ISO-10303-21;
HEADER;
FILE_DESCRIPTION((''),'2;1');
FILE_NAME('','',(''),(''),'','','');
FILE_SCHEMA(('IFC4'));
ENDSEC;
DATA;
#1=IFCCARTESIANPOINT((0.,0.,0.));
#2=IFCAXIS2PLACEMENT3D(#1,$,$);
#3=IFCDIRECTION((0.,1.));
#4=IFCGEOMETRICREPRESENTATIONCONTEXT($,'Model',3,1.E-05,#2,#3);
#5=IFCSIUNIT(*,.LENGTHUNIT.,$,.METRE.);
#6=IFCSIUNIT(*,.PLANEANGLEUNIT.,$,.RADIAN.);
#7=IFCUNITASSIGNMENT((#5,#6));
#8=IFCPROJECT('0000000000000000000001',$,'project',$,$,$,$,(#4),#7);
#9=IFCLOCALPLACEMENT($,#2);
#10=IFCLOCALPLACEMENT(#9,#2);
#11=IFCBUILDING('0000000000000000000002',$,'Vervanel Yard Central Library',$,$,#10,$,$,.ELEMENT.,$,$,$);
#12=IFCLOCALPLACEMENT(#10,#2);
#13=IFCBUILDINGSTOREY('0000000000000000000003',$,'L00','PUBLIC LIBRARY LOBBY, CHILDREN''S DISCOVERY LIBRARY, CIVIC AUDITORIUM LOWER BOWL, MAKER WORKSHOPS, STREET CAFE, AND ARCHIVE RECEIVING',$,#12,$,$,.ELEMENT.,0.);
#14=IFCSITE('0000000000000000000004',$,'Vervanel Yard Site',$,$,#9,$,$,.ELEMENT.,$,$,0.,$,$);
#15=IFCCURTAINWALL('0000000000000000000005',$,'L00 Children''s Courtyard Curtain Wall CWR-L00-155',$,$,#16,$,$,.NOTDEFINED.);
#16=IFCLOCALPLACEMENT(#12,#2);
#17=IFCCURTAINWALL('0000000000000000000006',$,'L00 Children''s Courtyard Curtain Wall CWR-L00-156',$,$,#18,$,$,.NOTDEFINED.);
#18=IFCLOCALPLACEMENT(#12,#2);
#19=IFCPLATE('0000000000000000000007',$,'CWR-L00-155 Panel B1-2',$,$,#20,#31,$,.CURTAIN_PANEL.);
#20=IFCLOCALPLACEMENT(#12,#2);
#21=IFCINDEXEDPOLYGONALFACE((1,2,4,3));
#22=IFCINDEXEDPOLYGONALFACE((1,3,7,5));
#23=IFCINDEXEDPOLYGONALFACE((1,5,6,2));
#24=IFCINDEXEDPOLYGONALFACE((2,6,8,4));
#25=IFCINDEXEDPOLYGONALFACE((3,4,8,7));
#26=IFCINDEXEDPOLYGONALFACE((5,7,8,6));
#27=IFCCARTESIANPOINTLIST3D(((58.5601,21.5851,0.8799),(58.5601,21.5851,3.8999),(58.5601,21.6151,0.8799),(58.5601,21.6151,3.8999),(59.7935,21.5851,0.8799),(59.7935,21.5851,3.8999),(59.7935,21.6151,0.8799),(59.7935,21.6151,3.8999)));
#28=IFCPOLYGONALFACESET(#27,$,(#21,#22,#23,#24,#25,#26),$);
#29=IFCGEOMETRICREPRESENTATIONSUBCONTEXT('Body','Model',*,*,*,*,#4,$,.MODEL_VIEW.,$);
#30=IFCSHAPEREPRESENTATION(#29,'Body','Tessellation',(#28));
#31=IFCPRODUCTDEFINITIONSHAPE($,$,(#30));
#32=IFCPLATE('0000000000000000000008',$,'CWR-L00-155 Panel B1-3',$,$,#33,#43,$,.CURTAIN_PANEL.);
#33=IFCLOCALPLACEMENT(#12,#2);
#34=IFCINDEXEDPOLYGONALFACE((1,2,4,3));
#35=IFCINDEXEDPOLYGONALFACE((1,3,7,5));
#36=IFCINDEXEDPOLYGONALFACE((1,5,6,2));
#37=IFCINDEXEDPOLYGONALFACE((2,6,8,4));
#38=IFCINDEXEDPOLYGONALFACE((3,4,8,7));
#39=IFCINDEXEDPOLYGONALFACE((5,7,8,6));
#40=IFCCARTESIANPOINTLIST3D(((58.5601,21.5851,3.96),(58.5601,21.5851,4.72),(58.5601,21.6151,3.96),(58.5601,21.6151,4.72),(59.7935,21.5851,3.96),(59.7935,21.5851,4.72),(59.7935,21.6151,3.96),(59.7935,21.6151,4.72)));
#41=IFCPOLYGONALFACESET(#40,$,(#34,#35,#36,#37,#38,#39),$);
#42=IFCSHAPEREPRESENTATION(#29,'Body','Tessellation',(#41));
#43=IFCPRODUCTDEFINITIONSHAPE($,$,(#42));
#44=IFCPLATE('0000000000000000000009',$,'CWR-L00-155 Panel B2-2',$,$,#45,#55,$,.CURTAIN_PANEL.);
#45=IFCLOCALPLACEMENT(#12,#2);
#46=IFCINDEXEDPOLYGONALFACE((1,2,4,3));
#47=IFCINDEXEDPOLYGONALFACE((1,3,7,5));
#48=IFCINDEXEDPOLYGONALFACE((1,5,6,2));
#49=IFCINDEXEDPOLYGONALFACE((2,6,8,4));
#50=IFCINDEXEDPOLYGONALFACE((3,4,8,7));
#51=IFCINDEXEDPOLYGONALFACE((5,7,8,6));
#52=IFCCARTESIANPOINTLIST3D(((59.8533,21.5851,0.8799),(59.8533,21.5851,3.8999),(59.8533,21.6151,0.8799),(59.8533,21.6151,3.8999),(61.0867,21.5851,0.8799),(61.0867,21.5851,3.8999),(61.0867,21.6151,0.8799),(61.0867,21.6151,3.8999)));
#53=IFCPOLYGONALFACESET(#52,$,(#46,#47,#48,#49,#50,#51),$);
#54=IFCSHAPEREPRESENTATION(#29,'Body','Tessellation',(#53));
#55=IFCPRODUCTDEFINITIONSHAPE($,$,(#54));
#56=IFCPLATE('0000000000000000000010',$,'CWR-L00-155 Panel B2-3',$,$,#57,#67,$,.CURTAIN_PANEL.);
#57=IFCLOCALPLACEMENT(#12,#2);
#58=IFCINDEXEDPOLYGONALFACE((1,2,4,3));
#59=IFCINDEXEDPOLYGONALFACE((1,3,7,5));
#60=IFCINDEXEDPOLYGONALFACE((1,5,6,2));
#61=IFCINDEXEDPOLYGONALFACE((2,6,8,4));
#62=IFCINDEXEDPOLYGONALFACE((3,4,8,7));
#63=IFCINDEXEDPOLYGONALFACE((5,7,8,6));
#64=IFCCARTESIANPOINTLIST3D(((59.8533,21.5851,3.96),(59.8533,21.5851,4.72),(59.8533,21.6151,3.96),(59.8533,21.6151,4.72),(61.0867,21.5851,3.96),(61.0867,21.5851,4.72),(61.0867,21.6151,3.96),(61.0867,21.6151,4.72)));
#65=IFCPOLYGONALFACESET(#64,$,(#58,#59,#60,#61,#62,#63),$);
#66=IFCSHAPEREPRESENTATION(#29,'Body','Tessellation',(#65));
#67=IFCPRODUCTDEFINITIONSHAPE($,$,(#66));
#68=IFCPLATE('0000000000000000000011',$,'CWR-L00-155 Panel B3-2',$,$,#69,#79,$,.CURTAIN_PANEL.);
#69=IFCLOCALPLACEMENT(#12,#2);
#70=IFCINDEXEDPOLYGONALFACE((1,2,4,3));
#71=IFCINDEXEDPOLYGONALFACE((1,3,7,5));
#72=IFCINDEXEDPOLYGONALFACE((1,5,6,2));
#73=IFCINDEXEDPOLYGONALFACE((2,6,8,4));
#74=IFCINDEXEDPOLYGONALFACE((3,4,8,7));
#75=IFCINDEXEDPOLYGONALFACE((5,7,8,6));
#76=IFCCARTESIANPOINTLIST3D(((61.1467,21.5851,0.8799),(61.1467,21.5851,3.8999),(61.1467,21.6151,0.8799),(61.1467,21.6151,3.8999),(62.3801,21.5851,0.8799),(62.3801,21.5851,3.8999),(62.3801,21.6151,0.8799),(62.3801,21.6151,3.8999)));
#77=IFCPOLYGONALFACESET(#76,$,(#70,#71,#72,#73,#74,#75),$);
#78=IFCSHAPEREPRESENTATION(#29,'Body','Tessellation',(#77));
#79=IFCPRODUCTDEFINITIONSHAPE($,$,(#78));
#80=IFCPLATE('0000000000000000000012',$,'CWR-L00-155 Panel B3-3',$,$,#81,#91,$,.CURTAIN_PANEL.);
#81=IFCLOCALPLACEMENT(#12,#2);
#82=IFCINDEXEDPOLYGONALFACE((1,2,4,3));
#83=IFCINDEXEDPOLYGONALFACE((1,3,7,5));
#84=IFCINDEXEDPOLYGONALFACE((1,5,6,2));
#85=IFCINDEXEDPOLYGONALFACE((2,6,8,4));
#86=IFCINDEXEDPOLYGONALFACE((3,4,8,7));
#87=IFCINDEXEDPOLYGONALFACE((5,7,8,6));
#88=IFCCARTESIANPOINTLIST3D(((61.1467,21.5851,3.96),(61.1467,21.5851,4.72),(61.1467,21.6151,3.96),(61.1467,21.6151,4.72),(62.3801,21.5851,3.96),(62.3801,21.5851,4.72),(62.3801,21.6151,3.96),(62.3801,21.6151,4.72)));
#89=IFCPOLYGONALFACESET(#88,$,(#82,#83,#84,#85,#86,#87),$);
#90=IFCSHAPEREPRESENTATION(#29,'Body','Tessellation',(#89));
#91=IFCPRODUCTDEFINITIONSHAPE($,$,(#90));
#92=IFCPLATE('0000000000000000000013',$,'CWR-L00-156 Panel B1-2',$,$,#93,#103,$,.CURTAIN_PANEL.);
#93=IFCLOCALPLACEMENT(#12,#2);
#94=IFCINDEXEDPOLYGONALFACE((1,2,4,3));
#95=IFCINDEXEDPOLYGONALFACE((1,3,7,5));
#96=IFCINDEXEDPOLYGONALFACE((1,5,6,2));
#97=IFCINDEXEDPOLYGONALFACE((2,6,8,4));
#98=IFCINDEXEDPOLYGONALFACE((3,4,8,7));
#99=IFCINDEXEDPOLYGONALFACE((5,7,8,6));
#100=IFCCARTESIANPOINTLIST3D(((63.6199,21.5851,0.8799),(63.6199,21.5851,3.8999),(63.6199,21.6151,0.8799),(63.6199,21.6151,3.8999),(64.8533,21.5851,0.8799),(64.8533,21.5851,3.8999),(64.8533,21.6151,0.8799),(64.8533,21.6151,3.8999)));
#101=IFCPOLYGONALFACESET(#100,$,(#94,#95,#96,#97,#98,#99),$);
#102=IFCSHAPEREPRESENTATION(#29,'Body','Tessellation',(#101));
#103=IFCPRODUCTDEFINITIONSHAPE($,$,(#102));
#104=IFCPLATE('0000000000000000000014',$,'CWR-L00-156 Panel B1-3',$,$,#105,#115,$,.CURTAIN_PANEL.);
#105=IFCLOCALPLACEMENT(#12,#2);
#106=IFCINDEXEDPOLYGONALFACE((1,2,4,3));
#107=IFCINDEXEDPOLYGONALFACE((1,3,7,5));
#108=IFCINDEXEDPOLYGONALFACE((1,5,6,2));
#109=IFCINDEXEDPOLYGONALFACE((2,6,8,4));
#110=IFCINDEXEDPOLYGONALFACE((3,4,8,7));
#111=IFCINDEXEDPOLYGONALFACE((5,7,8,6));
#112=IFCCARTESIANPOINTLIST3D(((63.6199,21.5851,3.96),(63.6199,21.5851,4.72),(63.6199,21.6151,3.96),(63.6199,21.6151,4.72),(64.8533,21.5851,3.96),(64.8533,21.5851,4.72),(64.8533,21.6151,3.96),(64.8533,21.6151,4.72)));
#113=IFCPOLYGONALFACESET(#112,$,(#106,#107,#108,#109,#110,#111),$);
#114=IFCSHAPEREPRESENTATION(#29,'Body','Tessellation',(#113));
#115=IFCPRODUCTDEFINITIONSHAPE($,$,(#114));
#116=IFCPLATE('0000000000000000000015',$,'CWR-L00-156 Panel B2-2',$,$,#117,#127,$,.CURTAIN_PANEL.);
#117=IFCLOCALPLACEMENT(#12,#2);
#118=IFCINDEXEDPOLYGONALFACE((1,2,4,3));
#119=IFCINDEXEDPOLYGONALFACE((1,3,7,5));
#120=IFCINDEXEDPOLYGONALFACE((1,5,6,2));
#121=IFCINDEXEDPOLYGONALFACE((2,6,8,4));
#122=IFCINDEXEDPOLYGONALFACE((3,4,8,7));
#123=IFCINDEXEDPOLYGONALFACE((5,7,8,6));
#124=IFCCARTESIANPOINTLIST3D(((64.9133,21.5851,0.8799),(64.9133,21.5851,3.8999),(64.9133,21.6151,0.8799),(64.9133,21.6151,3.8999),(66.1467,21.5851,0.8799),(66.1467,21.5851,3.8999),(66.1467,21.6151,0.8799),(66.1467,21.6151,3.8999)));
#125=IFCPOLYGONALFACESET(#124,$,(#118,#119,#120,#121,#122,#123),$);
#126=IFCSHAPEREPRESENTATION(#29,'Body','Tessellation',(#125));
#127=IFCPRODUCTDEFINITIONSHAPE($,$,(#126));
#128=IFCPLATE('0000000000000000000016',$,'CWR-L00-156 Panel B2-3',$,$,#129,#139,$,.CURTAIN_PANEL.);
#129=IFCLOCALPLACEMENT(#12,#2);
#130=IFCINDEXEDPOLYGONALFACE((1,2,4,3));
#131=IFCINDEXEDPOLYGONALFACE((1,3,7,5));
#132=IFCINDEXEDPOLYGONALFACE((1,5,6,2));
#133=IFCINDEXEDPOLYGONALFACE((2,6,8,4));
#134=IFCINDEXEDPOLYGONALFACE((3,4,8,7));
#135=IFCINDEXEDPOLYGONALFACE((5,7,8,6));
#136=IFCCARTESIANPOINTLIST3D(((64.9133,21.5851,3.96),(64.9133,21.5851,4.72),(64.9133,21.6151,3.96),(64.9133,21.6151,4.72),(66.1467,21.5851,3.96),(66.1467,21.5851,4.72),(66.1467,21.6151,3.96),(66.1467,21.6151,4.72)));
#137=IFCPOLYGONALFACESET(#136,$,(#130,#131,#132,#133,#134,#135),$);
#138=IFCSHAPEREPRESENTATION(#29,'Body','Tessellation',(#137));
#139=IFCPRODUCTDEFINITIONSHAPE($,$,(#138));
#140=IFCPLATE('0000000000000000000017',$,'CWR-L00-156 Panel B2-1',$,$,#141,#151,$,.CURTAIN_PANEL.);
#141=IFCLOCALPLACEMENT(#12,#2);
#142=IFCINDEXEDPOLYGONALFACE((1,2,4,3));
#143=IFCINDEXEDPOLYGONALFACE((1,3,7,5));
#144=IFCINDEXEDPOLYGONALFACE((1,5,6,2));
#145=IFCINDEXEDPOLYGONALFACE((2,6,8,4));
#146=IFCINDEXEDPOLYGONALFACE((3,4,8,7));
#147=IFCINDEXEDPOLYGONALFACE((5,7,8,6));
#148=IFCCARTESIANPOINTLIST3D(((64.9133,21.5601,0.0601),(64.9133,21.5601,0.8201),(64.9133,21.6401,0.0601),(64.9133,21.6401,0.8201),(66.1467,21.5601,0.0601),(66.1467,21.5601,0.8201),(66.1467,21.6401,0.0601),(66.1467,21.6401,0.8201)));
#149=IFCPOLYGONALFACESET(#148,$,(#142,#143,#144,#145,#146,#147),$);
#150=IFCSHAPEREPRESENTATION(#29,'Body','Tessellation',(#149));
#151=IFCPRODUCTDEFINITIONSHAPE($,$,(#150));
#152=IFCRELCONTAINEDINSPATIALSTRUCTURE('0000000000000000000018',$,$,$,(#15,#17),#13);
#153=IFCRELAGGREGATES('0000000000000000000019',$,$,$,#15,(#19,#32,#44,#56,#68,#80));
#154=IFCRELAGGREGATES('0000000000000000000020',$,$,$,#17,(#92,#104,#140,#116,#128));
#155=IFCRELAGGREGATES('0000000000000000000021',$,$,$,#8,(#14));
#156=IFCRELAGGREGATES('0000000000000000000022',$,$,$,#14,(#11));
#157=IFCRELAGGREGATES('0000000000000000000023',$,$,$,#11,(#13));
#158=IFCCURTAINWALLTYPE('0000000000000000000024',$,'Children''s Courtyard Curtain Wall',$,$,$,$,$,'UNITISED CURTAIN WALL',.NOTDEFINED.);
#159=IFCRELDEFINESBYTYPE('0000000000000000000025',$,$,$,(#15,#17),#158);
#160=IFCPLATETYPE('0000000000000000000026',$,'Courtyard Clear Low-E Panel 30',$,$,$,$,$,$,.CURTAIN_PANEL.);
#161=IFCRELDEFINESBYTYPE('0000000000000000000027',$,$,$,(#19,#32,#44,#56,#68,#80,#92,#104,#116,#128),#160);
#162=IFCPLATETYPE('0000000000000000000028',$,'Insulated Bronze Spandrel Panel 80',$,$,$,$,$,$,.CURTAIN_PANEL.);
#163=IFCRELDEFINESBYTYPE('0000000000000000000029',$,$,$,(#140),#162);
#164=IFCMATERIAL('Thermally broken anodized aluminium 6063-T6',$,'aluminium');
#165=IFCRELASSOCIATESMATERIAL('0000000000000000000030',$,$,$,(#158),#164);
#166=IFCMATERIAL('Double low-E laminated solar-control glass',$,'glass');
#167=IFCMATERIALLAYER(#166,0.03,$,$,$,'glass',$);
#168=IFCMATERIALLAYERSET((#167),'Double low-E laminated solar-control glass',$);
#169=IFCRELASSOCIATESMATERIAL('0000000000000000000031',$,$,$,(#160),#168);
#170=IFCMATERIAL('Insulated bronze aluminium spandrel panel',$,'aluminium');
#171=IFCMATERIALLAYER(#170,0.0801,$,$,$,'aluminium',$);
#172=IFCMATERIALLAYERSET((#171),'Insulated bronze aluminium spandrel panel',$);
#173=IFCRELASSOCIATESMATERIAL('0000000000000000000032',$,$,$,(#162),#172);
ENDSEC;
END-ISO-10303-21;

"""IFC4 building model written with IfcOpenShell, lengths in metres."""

from ifc_helpers import new_model, si_unit, direction, frame, origin, origin_2d, place, context, subcontext, project, spatial, rectangle, extrude, material, layer, layer_set, type_object, element, aggregate, save


model = new_model("IFC4")

# Units and contexts
model_context = context("Model", 3, precision=1e-05, world=origin(), true_north=direction((0.0, 1.0)))
body_context = subcontext(model_context, "Body", "Model", "MODEL_VIEW")
ifc_project = project(units=[si_unit("LENGTHUNIT", "METRE"), si_unit("PLANEANGLEUNIT", "RADIAN")], contexts=[model_context])

# Site, building, storey
site_placement = place(None, origin())
site = spatial("IfcSite", under=ifc_project, at=site_placement, Name="Vervanel Yard Site", CompositionType="ELEMENT", RefElevation=0.0)
building_placement = place(site_placement, origin())
building = spatial("IfcBuilding", under=site, at=building_placement, Name="Vervanel Yard Central Library", CompositionType="ELEMENT")
storey_placement = place(building_placement, origin())
storey = spatial("IfcBuildingStorey", under=building, at=storey_placement, Name="L00", Description="PUBLIC LIBRARY LOBBY, CHILDREN'S DISCOVERY LIBRARY, CIVIC AUDITORIUM LOWER BOWL, MAKER WORKSHOPS, STREET CAFE, AND ARCHIVE RECEIVING", CompositionType="ELEMENT", Elevation=0.0)

# Curtain walls
ifc_material_1 = material(Name="Thermally broken anodized aluminium 6063-T6", Category="aluminium")
curtain_wall_type = type_object("IfcCurtainWallType", Name="Children's Courtyard Curtain Wall", ElementType="UNITISED CURTAIN WALL", PredefinedType="NOTDEFINED", material=ifc_material_1)
curtain_wall_1_placement = place(storey_placement, origin())
curtain_wall_1 = element("IfcCurtainWall", 1, at=curtain_wall_1_placement, inside=storey, type_object=curtain_wall_type, Name="L00 Children's Courtyard Curtain Wall CWR-L00-155", PredefinedType="NOTDEFINED")
curtain_wall_2_placement = place(storey_placement, origin())
curtain_wall_2 = element("IfcCurtainWall", 2, at=curtain_wall_2_placement, inside=storey, type_object=curtain_wall_type, Name="L00 Children's Courtyard Curtain Wall CWR-L00-156", PredefinedType="NOTDEFINED")

# Plates
ifc_material_2 = material(Name="Double low-E laminated solar-control glass", Category="glass")
ifc_layer_1 = layer(ifc_material_2, 0.03, Category="glass")
ifc_layer_set_1 = layer_set([ifc_layer_1], Name="Double low-E laminated solar-control glass")
plate_type_1 = type_object("IfcPlateType", Name="Courtyard Clear Low-E Panel 30", PredefinedType="CURTAIN_PANEL", material=ifc_layer_set_1)
plate_1_placement = place(storey_placement, frame((59.1768, 21.6001, 0.8799), z_axis=(0.0, 0.0, 1.0), x_axis=(1.0, 0.0, 0.0)))
plate_1 = element("IfcPlate", 3, at=plate_1_placement, type_object=plate_type_1, Name="CWR-L00-155 Panel B1-2", PredefinedType="CURTAIN_PANEL", context=body_context, shape_type="SweptSolid", body=[
    extrude(rectangle(XDim=1.2334, YDim=0.03, at=origin_2d()), origin(), (0.0, 0.0, 1.0), 3.02),
])
plate_2_placement = place(storey_placement, frame((59.1768, 21.6001, 3.96), z_axis=(0.0, 0.0, 1.0), x_axis=(1.0, 0.0, 0.0)))
plate_2 = element("IfcPlate", 4, at=plate_2_placement, type_object=plate_type_1, Name="CWR-L00-155 Panel B1-3", PredefinedType="CURTAIN_PANEL", context=body_context, shape_type="SweptSolid", body=[
    extrude(rectangle(XDim=1.2334, YDim=0.03, at=origin_2d()), origin(), (0.0, 0.0, 1.0), 0.76),
])
plate_3_placement = place(storey_placement, frame((60.47, 21.6001, 0.8799), z_axis=(0.0, 0.0, 1.0), x_axis=(1.0, 0.0, 0.0)))
plate_3 = element("IfcPlate", 5, at=plate_3_placement, type_object=plate_type_1, Name="CWR-L00-155 Panel B2-2", PredefinedType="CURTAIN_PANEL", context=body_context, shape_type="SweptSolid", body=[
    extrude(rectangle(XDim=1.2334, YDim=0.03, at=origin_2d()), origin(), (0.0, 0.0, 1.0), 3.02),
])
plate_4_placement = place(storey_placement, frame((60.47, 21.6001, 3.96), z_axis=(0.0, 0.0, 1.0), x_axis=(1.0, 0.0, 0.0)))
plate_4 = element("IfcPlate", 6, at=plate_4_placement, type_object=plate_type_1, Name="CWR-L00-155 Panel B2-3", PredefinedType="CURTAIN_PANEL", context=body_context, shape_type="SweptSolid", body=[
    extrude(rectangle(XDim=1.2334, YDim=0.03, at=origin_2d()), origin(), (0.0, 0.0, 1.0), 0.76),
])
plate_5_placement = place(storey_placement, frame((61.7634, 21.6001, 0.8799), z_axis=(0.0, 0.0, 1.0), x_axis=(1.0, 0.0, 0.0)))
plate_5 = element("IfcPlate", 7, at=plate_5_placement, type_object=plate_type_1, Name="CWR-L00-155 Panel B3-2", PredefinedType="CURTAIN_PANEL", context=body_context, shape_type="SweptSolid", body=[
    extrude(rectangle(XDim=1.2334, YDim=0.03, at=origin_2d()), origin(), (0.0, 0.0, 1.0), 3.02),
])
plate_6_placement = place(storey_placement, frame((61.7634, 21.6001, 3.96), z_axis=(0.0, 0.0, 1.0), x_axis=(1.0, 0.0, 0.0)))
plate_6 = element("IfcPlate", 8, at=plate_6_placement, type_object=plate_type_1, Name="CWR-L00-155 Panel B3-3", PredefinedType="CURTAIN_PANEL", context=body_context, shape_type="SweptSolid", body=[
    extrude(rectangle(XDim=1.2334, YDim=0.03, at=origin_2d()), origin(), (0.0, 0.0, 1.0), 0.76),
])
aggregate(curtain_wall_1, [plate_1, plate_2, plate_3, plate_4, plate_5, plate_6])
plate_7_placement = place(storey_placement, frame((64.2366, 21.6001, 0.8799), z_axis=(0.0, 0.0, 1.0), x_axis=(1.0, 0.0, 0.0)))
plate_7 = element("IfcPlate", 9, at=plate_7_placement, type_object=plate_type_1, Name="CWR-L00-156 Panel B1-2", PredefinedType="CURTAIN_PANEL", context=body_context, shape_type="SweptSolid", body=[
    extrude(rectangle(XDim=1.2334, YDim=0.03, at=origin_2d()), origin(), (0.0, 0.0, 1.0), 3.02),
])
plate_8_placement = place(storey_placement, frame((64.2366, 21.6001, 3.96), z_axis=(0.0, 0.0, 1.0), x_axis=(1.0, 0.0, 0.0)))
plate_8 = element("IfcPlate", 10, at=plate_8_placement, type_object=plate_type_1, Name="CWR-L00-156 Panel B1-3", PredefinedType="CURTAIN_PANEL", context=body_context, shape_type="SweptSolid", body=[
    extrude(rectangle(XDim=1.2334, YDim=0.03, at=origin_2d()), origin(), (0.0, 0.0, 1.0), 0.76),
])
plate_9_placement = place(storey_placement, frame((65.53, 21.6001, 0.8799), z_axis=(0.0, 0.0, 1.0), x_axis=(1.0, 0.0, 0.0)))
plate_9 = element("IfcPlate", 11, at=plate_9_placement, type_object=plate_type_1, Name="CWR-L00-156 Panel B2-2", PredefinedType="CURTAIN_PANEL", context=body_context, shape_type="SweptSolid", body=[
    extrude(rectangle(XDim=1.2334, YDim=0.03, at=origin_2d()), origin(), (0.0, 0.0, 1.0), 3.02),
])
plate_10_placement = place(storey_placement, frame((65.53, 21.6001, 3.96), z_axis=(0.0, 0.0, 1.0), x_axis=(1.0, 0.0, 0.0)))
plate_10 = element("IfcPlate", 12, at=plate_10_placement, type_object=plate_type_1, Name="CWR-L00-156 Panel B2-3", PredefinedType="CURTAIN_PANEL", context=body_context, shape_type="SweptSolid", body=[
    extrude(rectangle(XDim=1.2334, YDim=0.03, at=origin_2d()), origin(), (0.0, 0.0, 1.0), 0.76),
])
ifc_material_3 = material(Name="Insulated bronze aluminium spandrel panel", Category="aluminium")
ifc_layer_2 = layer(ifc_material_3, 0.0801, Category="aluminium")
ifc_layer_set_2 = layer_set([ifc_layer_2], Name="Insulated bronze aluminium spandrel panel")
plate_type_2 = type_object("IfcPlateType", Name="Insulated Bronze Spandrel Panel 80", PredefinedType="CURTAIN_PANEL", material=ifc_layer_set_2)
plate_11_placement = place(storey_placement, frame((65.53, 21.6001, 0.0601), z_axis=(0.0, 0.0, 1.0), x_axis=(1.0, 0.0, 0.0)))
plate_11 = element("IfcPlate", 13, at=plate_11_placement, type_object=plate_type_2, Name="CWR-L00-156 Panel B2-1", PredefinedType="CURTAIN_PANEL", context=body_context, shape_type="SweptSolid", body=[
    extrude(rectangle(XDim=1.2334, YDim=0.0801, at=origin_2d()), origin(), (0.0, 0.0, 1.0), 0.76),
])
aggregate(curtain_wall_2, [plate_7, plate_8, plate_11, plate_9, plate_10])

save(model, "model.ifc")
